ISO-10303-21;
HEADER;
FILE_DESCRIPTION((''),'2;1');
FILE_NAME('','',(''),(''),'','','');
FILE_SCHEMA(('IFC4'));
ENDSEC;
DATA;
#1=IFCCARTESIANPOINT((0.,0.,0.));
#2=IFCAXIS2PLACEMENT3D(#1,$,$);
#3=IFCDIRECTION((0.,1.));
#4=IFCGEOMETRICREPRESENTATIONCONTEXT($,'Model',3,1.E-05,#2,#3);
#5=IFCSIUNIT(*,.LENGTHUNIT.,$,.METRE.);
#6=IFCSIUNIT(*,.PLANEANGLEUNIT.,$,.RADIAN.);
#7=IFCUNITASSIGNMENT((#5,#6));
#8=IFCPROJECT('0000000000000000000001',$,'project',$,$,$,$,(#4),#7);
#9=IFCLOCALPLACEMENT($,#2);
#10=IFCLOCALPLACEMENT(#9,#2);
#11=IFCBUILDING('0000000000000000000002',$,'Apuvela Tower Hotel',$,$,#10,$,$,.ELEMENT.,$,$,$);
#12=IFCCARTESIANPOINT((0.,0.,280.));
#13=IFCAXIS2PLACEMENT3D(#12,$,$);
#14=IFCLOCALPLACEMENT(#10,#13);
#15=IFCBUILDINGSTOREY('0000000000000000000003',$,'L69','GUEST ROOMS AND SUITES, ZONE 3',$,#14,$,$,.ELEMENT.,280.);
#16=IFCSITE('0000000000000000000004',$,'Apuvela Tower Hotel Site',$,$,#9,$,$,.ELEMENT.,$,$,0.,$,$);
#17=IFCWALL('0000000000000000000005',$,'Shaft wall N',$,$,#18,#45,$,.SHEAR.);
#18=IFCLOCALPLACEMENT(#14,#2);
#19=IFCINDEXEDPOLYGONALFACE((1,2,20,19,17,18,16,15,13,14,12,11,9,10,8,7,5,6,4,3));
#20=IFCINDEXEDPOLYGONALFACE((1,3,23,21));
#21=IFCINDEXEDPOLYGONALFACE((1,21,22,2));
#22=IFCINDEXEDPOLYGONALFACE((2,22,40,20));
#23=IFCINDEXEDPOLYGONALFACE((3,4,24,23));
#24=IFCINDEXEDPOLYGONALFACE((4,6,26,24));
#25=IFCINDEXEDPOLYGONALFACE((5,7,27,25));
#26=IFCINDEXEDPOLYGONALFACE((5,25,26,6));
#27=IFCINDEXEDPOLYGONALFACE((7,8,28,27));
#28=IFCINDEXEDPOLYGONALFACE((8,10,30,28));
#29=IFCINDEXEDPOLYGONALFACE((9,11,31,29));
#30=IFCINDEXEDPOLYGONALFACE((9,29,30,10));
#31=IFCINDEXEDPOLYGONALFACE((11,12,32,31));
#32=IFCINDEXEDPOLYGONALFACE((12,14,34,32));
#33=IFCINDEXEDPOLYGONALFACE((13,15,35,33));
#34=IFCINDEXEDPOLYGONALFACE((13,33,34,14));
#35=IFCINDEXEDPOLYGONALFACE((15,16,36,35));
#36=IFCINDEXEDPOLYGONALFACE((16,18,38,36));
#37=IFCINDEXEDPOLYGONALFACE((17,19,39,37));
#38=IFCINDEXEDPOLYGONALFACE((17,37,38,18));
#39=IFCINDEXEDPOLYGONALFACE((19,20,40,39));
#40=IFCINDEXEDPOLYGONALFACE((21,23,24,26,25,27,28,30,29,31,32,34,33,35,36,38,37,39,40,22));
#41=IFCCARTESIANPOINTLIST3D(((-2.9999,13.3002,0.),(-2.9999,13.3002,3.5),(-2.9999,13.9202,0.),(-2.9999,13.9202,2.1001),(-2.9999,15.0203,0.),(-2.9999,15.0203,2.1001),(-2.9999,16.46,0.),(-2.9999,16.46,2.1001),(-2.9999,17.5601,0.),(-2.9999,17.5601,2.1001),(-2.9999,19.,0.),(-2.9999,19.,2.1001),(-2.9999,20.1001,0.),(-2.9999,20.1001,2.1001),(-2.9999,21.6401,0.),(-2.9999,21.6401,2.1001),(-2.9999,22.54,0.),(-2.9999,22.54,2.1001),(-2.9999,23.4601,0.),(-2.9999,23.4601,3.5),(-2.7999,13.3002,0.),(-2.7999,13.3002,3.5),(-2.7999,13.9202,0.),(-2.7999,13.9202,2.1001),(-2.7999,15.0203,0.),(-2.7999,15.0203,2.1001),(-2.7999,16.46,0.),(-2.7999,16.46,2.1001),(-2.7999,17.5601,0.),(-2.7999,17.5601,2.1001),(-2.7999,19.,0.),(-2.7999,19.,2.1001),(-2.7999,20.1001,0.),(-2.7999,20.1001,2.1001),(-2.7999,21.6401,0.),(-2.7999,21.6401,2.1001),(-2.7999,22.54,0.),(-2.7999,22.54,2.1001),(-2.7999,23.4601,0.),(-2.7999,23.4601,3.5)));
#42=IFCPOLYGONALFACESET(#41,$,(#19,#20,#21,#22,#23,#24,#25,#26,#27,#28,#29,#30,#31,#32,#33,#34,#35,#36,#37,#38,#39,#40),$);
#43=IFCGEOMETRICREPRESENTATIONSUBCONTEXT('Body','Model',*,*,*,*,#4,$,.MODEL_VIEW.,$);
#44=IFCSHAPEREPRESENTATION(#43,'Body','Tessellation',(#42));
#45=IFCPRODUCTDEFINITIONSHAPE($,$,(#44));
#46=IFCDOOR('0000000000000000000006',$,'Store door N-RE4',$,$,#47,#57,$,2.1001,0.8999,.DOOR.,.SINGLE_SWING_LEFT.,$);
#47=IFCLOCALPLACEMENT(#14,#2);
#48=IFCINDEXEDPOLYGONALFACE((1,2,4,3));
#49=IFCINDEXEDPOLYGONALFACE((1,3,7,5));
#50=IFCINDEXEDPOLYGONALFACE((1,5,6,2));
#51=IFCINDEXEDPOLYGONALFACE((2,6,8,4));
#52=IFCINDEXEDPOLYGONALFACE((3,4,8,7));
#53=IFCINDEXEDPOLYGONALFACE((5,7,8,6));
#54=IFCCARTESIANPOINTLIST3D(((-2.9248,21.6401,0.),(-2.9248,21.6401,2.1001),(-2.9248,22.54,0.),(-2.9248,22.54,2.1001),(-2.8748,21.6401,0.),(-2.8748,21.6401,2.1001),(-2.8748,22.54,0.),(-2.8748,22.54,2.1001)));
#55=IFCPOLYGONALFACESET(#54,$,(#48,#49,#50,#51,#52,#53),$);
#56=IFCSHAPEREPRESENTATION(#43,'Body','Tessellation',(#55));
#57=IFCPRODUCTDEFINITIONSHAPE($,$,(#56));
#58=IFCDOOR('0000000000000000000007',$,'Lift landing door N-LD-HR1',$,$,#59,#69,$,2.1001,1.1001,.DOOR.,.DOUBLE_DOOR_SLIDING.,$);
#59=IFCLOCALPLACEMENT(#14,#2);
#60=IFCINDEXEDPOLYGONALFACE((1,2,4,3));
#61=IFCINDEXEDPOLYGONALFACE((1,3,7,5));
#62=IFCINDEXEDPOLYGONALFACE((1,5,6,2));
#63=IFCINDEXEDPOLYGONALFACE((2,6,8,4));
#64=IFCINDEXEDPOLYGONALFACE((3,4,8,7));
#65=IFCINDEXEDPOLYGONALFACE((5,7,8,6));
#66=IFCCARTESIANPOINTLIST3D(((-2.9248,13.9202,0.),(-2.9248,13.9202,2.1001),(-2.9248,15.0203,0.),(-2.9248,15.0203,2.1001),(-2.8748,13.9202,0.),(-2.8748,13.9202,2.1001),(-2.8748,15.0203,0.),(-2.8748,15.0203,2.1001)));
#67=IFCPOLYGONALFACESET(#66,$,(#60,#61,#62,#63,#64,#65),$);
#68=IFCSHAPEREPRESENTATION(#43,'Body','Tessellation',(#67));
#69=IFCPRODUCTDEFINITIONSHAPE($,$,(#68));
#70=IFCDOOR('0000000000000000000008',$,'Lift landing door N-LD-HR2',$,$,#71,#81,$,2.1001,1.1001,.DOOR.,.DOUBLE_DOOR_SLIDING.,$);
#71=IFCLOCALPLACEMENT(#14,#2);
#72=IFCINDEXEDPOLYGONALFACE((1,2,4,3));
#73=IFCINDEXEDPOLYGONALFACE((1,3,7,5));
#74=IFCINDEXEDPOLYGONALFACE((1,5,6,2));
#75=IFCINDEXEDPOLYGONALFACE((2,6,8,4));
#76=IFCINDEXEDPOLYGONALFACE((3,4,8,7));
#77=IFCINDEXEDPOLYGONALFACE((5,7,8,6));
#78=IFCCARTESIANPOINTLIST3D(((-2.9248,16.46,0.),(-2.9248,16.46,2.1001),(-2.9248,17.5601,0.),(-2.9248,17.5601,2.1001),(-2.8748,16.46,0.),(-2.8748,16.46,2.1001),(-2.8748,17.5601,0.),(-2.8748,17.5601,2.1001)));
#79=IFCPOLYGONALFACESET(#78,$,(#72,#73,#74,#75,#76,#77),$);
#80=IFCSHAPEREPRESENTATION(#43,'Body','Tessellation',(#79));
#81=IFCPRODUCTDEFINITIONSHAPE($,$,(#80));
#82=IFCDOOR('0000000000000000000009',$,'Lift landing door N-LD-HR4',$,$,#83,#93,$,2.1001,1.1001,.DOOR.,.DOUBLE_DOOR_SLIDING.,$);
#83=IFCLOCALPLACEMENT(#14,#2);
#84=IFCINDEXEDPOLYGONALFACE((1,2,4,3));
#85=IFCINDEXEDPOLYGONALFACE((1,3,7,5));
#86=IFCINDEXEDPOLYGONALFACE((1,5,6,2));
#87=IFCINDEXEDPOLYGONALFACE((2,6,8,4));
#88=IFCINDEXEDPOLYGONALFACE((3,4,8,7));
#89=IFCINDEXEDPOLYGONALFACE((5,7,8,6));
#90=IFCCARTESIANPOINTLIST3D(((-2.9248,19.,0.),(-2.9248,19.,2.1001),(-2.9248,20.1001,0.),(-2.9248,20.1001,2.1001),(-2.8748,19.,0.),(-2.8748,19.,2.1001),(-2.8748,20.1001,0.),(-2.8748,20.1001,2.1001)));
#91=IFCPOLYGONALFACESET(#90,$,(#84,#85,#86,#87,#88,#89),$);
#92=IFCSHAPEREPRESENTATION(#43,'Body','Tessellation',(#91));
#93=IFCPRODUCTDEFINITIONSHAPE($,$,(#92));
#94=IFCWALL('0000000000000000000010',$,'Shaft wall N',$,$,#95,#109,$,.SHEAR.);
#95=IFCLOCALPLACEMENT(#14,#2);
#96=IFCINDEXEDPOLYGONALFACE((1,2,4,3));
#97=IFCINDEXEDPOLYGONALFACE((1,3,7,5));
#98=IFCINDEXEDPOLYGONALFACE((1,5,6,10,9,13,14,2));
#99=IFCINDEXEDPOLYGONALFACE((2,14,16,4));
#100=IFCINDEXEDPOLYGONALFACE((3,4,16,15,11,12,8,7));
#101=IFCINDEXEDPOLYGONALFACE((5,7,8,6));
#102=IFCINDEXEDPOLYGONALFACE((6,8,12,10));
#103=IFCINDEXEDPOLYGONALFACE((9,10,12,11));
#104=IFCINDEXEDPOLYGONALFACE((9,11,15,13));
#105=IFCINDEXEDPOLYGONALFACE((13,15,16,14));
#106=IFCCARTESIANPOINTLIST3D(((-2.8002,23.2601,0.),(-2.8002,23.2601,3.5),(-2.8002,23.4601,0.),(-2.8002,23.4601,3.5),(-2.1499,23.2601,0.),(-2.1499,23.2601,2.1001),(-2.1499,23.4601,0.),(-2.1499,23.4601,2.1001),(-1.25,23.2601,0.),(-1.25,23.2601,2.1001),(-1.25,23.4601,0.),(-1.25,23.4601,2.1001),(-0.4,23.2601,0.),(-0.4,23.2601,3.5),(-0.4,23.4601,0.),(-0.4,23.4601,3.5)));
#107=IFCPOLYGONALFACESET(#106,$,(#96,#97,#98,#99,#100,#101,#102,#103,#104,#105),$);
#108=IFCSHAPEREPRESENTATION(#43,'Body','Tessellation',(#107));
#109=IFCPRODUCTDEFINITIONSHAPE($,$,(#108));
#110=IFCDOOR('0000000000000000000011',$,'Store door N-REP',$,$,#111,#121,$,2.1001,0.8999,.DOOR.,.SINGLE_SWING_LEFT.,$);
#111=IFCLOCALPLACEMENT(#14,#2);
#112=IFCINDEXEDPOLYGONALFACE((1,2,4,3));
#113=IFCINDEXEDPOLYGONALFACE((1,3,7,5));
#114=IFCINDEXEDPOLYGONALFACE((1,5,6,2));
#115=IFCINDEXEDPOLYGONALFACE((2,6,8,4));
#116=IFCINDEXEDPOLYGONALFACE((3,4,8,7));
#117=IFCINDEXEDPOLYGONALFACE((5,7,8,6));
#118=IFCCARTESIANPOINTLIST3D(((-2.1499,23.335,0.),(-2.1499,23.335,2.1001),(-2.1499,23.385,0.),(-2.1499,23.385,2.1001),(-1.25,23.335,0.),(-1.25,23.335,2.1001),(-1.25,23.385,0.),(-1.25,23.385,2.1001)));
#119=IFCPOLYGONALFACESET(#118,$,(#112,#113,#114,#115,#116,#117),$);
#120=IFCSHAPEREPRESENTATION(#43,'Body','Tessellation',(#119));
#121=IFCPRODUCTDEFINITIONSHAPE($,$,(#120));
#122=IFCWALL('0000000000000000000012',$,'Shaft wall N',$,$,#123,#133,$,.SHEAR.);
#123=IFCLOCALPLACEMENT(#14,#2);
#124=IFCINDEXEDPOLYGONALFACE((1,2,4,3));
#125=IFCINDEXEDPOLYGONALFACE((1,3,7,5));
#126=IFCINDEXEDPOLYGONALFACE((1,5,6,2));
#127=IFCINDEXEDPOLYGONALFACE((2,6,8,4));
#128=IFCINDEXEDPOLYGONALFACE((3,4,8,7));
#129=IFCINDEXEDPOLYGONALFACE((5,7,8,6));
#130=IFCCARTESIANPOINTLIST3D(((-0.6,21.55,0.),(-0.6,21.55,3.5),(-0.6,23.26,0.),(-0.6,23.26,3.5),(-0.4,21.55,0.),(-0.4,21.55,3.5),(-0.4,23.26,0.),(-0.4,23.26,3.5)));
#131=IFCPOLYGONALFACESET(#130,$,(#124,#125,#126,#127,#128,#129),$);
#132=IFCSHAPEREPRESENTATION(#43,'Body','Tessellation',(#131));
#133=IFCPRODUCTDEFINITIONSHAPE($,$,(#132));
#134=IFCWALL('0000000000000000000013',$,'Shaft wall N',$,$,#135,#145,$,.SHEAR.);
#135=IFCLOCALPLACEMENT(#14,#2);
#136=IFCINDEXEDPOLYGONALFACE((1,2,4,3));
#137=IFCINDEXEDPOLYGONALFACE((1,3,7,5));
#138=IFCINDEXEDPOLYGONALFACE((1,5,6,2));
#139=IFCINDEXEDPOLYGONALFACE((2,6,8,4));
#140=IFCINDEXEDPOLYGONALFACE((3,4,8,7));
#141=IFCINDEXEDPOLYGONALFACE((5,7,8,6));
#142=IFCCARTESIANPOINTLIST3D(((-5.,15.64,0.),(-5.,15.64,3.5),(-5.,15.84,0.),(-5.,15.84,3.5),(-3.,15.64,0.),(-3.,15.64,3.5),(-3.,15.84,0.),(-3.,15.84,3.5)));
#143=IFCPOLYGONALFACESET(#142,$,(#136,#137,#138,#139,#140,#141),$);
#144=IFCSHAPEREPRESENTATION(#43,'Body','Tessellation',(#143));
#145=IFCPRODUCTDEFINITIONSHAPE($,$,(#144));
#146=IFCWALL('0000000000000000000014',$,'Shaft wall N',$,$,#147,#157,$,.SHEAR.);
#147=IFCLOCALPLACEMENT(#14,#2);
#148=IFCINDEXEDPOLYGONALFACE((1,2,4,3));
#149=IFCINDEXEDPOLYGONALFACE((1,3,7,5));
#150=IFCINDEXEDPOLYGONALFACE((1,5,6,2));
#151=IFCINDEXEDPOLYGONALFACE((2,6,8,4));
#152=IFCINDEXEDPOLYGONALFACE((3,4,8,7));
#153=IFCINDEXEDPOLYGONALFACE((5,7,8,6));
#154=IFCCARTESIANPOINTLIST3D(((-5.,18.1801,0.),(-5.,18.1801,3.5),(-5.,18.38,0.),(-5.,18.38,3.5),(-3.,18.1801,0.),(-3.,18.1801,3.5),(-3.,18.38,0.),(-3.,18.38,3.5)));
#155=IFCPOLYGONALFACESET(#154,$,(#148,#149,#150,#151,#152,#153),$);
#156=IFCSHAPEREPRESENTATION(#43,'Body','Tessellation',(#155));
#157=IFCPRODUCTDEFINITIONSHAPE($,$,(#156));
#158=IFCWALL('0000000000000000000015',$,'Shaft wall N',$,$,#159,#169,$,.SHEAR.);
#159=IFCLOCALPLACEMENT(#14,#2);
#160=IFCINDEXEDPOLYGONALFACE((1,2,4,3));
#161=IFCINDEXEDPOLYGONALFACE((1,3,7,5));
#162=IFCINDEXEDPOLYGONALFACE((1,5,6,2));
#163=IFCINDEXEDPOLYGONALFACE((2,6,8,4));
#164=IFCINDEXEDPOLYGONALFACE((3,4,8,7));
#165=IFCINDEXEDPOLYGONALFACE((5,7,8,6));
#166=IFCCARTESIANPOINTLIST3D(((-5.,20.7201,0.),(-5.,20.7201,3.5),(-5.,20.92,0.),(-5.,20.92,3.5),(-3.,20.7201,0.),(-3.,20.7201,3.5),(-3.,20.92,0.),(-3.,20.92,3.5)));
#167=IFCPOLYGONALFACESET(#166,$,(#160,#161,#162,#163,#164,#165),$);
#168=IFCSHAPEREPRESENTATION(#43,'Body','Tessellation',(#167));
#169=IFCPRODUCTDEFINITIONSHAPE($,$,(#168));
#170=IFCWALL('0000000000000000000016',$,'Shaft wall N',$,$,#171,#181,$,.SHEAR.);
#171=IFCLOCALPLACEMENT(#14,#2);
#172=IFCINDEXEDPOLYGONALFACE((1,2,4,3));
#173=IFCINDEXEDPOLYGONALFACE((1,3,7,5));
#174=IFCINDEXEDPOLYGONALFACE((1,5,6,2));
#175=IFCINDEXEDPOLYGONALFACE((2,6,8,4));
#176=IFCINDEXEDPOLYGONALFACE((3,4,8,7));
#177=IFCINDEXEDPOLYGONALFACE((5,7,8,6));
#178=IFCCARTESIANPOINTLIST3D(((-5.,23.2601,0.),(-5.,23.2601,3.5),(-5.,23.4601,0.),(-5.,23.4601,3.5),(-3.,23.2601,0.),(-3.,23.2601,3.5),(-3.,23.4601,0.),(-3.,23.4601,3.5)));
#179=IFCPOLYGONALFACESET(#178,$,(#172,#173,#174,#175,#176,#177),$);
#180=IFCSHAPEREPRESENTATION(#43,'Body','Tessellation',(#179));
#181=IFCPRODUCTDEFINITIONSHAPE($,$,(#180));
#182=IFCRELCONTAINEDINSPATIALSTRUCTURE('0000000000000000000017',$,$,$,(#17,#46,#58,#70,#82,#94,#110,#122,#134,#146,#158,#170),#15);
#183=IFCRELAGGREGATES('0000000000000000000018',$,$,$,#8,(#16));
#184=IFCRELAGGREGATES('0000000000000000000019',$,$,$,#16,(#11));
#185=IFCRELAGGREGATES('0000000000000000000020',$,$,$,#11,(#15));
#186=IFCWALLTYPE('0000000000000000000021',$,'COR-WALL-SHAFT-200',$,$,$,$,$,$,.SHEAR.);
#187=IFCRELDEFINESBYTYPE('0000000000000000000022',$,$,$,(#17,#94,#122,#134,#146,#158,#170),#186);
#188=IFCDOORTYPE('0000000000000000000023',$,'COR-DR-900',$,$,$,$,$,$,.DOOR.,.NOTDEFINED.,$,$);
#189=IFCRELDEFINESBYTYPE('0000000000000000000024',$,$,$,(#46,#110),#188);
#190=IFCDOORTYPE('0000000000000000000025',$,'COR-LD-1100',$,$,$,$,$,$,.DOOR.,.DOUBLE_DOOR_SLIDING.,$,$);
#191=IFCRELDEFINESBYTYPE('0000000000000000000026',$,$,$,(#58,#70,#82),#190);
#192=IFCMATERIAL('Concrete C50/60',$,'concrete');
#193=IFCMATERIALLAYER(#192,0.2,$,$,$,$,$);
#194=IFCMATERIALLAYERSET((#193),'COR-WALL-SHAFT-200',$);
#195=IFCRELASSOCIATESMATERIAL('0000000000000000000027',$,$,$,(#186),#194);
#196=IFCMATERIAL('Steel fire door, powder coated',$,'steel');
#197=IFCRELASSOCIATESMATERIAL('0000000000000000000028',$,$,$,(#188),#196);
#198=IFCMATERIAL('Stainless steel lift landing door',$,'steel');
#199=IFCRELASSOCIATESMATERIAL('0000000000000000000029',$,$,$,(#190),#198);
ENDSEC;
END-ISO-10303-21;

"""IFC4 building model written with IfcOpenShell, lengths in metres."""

from ifc_helpers import new_model, si_unit, direction, frame, frame_2d, origin, place, context, subcontext, project, spatial, rectangle, extrude, material, layer, layer_set, type_object, element, fill, save


model = new_model("IFC4")

# Units and contexts
model_context = context("Model", 3, precision=1e-05, world=origin(), true_north=direction((0.0, 1.0)))
body_context = subcontext(model_context, "Body", "Model", "MODEL_VIEW")
ifc_project = project(units=[si_unit("LENGTHUNIT", "METRE"), si_unit("PLANEANGLEUNIT", "RADIAN")], contexts=[model_context])

# Site, building, storey
site_placement = place(None, origin())
site = spatial("IfcSite", under=ifc_project, at=site_placement, Name="Apuvela Tower Hotel Site", CompositionType="ELEMENT", RefElevation=0.0)
building_placement = place(site_placement, origin())
building = spatial("IfcBuilding", under=site, at=building_placement, Name="Apuvela Tower Hotel", CompositionType="ELEMENT")
storey_placement = place(building_placement, frame((0.0, 0.0, 280.0)))
storey = spatial("IfcBuildingStorey", under=building, at=storey_placement, Name="L69", Description="GUEST ROOMS AND SUITES, ZONE 3", CompositionType="ELEMENT", Elevation=280.0)

# Shared definitions
ifc_material_1 = material(Name="Concrete C50/60", Category="concrete")
ifc_layer_1 = layer(ifc_material_1, 0.2)
ifc_layer_set_1 = layer_set([ifc_layer_1], Name="COR-WALL-SHAFT-200")
wall_type_1 = type_object("IfcWallType", Name="COR-WALL-SHAFT-200", PredefinedType="SHEAR", material=ifc_layer_set_1)

# Wall, openings, doors
wall_1_placement = place(storey_placement, frame((-2.8999, 13.3, 0.0), z_axis=(0.0, 0.0, 1.0), x_axis=(0.0, 1.0, 0.0)))
wall_1 = element("IfcWall", 1, at=wall_1_placement, inside=storey, type_object=wall_type_1, Name="Shaft wall N", PredefinedType="SHEAR", context=body_context, shape_type="SweptSolid", body=[
    extrude(rectangle(XDim=10.1599, YDim=0.2, at=frame_2d((5.0801, 0.0))), origin(), (0.0, 0.0, 1.0), 3.5),
])
opening_1_placement = place(wall_1_placement, frame((0.6201, 0.0, 0.0)))
opening_1 = element("IfcOpeningElement", 2, at=opening_1_placement, cuts=wall_1, PredefinedType="OPENING", context=body_context, shape_type="SweptSolid", body=[
    extrude(rectangle(XDim=1.1001, YDim=2.1001, at=frame_2d((0.55, 1.05))), frame((0.0, 0.1099, 0.0), z_axis=(0.0, -1.0, 0.0), x_axis=(1.0, 0.0, 0.0)), (0.0, 0.0, 1.0), 0.22),
])
opening_2_placement = place(wall_1_placement, frame((3.1599, 0.0, 0.0)))
opening_2 = element("IfcOpeningElement", 3, at=opening_2_placement, cuts=wall_1, PredefinedType="OPENING", context=body_context, shape_type="SweptSolid", body=[
    extrude(rectangle(XDim=1.1001, YDim=2.1001, at=frame_2d((0.55, 1.05))), frame((0.0, 0.1099, 0.0), z_axis=(0.0, -1.0, 0.0), x_axis=(1.0, 0.0, 0.0)), (0.0, 0.0, 1.0), 0.22),
])
opening_3_placement = place(wall_1_placement, frame((5.7, 0.0, 0.0)))
opening_3 = element("IfcOpeningElement", 4, at=opening_3_placement, cuts=wall_1, PredefinedType="OPENING", context=body_context, shape_type="SweptSolid", body=[
    extrude(rectangle(XDim=1.1001, YDim=2.1001, at=frame_2d((0.55, 1.05))), frame((0.0, 0.1099, 0.0), z_axis=(0.0, -1.0, 0.0), x_axis=(1.0, 0.0, 0.0)), (0.0, 0.0, 1.0), 0.22),
])
opening_4_placement = place(wall_1_placement, frame((8.3401, 0.0, 0.0)))
opening_4 = element("IfcOpeningElement", 5, at=opening_4_placement, cuts=wall_1, PredefinedType="OPENING", context=body_context, shape_type="SweptSolid", body=[
    extrude(rectangle(XDim=0.8999, YDim=2.1001, at=frame_2d((0.45, 1.05))), frame((0.0, 0.1099, 0.0), z_axis=(0.0, -1.0, 0.0), x_axis=(1.0, 0.0, 0.0)), (0.0, 0.0, 1.0), 0.22),
])
ifc_material_2 = material(Name="Steel fire door, powder coated", Category="steel")
door_type_1 = type_object("IfcDoorType", Name="COR-DR-900", OperationType="NOTDEFINED", PredefinedType="DOOR", material=ifc_material_2)
door_1_placement = place(opening_4_placement, origin())
door_1 = element("IfcDoor", 6, at=door_1_placement, inside=storey, type_object=door_type_1, Name="Store door N-RE4", OperationType="SINGLE_SWING_LEFT", OverallHeight=2.1001, OverallWidth=0.8999, PredefinedType="DOOR", context=body_context, shape_type="SweptSolid", body=[
    extrude(rectangle(XDim=0.8999, YDim=2.1001, at=frame_2d((0.45, 1.05))), frame((0.0, 0.0249, 0.0), z_axis=(0.0, -1.0, 0.0), x_axis=(1.0, 0.0, 0.0)), (0.0, 0.0, 1.0), 0.05),
])
fill(opening_4, door_1)
ifc_material_3 = material(Name="Stainless steel lift landing door", Category="steel")
door_type_2 = type_object("IfcDoorType", Name="COR-LD-1100", OperationType="DOUBLE_DOOR_SLIDING", PredefinedType="DOOR", material=ifc_material_3)
door_2_placement = place(opening_1_placement, origin())
door_2 = element("IfcDoor", 7, at=door_2_placement, inside=storey, type_object=door_type_2, Name="Lift landing door N-LD-HR1", OperationType="DOUBLE_DOOR_SLIDING", OverallHeight=2.1001, OverallWidth=1.1001, PredefinedType="DOOR", context=body_context, shape_type="SweptSolid", body=[
    extrude(rectangle(XDim=1.1001, YDim=2.1001, at=frame_2d((0.55, 1.05))), frame((0.0, 0.0249, 0.0), z_axis=(0.0, -1.0, 0.0), x_axis=(1.0, 0.0, 0.0)), (0.0, 0.0, 1.0), 0.05),
])
fill(opening_1, door_2)
door_3_placement = place(opening_2_placement, origin())
door_3 = element("IfcDoor", 8, at=door_3_placement, inside=storey, type_object=door_type_2, Name="Lift landing door N-LD-HR2", OperationType="DOUBLE_DOOR_SLIDING", OverallHeight=2.1001, OverallWidth=1.1001, PredefinedType="DOOR", context=body_context, shape_type="SweptSolid", body=[
    extrude(rectangle(XDim=1.1001, YDim=2.1001, at=frame_2d((0.55, 1.05))), frame((0.0, 0.0249, 0.0), z_axis=(0.0, -1.0, 0.0), x_axis=(1.0, 0.0, 0.0)), (0.0, 0.0, 1.0), 0.05),
])
fill(opening_2, door_3)
door_4_placement = place(opening_3_placement, origin())
door_4 = element("IfcDoor", 9, at=door_4_placement, inside=storey, type_object=door_type_2, Name="Lift landing door N-LD-HR4", OperationType="DOUBLE_DOOR_SLIDING", OverallHeight=2.1001, OverallWidth=1.1001, PredefinedType="DOOR", context=body_context, shape_type="SweptSolid", body=[
    extrude(rectangle(XDim=1.1001, YDim=2.1001, at=frame_2d((0.55, 1.05))), frame((0.0, 0.0249, 0.0), z_axis=(0.0, -1.0, 0.0), x_axis=(1.0, 0.0, 0.0)), (0.0, 0.0, 1.0), 0.05),
])
fill(opening_3, door_4)

# Wall, opening, door
wall_2_placement = place(storey_placement, frame((-0.3999, 23.3601, 0.0), z_axis=(0.0, 0.0, 1.0), x_axis=(-1.0, 0.0, 0.0)))
wall_2 = element("IfcWall", 10, at=wall_2_placement, inside=storey, type_object=wall_type_1, Name="Shaft wall N", PredefinedType="SHEAR", context=body_context, shape_type="SweptSolid", body=[
    extrude(rectangle(XDim=2.4001, YDim=0.2, at=frame_2d((1.2002, 0.0))), origin(), (0.0, 0.0, 1.0), 3.5),
])
opening_5_placement = place(wall_2_placement, frame((0.8501, 0.0, 0.0)))
opening_5 = element("IfcOpeningElement", 11, at=opening_5_placement, cuts=wall_2, PredefinedType="OPENING", context=body_context, shape_type="SweptSolid", body=[
    extrude(rectangle(XDim=0.8999, YDim=2.1001, at=frame_2d((0.45, 1.05))), frame((0.0, 0.1099, 0.0), z_axis=(0.0, -1.0, 0.0), x_axis=(1.0, 0.0, 0.0)), (0.0, 0.0, 1.0), 0.22),
])
door_5_placement = place(opening_5_placement, frame((0.8999, 0.0, 0.0), z_axis=(0.0, 0.0, 1.0), x_axis=(-1.0, 0.0, 0.0)))
door_5 = element("IfcDoor", 12, at=door_5_placement, inside=storey, type_object=door_type_1, Name="Store door N-REP", OperationType="SINGLE_SWING_LEFT", OverallHeight=2.1001, OverallWidth=0.8999, PredefinedType="DOOR", context=body_context, shape_type="SweptSolid", body=[
    extrude(rectangle(XDim=0.8999, YDim=2.1001, at=frame_2d((0.45, 1.05))), frame((0.0, 0.0249, 0.0), z_axis=(0.0, -1.0, 0.0), x_axis=(1.0, 0.0, 0.0)), (0.0, 0.0, 1.0), 0.05),
])
fill(opening_5, door_5)

# Walls
wall_3_placement = place(storey_placement, frame((-0.5, 21.55, 0.0), z_axis=(0.0, 0.0, 1.0), x_axis=(0.0, 1.0, 0.0)))
element("IfcWall", 13, at=wall_3_placement, inside=storey, type_object=wall_type_1, Name="Shaft wall N", PredefinedType="SHEAR", context=body_context, shape_type="SweptSolid", body=[
    extrude(rectangle(XDim=1.71, YDim=0.2, at=frame_2d((0.855, 0.0))), origin(), (0.0, 0.0, 1.0), 3.5),
])
for number, where, z_axis, x_axis, name in (
    (14, (-3.0, 15.74, 0.0), (0.0, 0.0, 1.0), (-1.0, 0.0, 0.0), "Shaft wall N"),
    (15, (-3.0, 18.28, 0.0), (0.0, 0.0, 1.0), (-1.0, 0.0, 0.0), "Shaft wall N"),
    (16, (-3.0, 20.8201, 0.0), (0.0, 0.0, 1.0), (-1.0, 0.0, 0.0), "Shaft wall N"),
    (17, (-3.0, 23.3601, 0.0), (0.0, 0.0, 1.0), (-1.0, 0.0, 0.0), "Shaft wall N"),
):
    element("IfcWall", number, at=place(storey_placement, frame(where, z_axis=z_axis, x_axis=x_axis)), inside=storey, type_object=wall_type_1, Name=name, PredefinedType="SHEAR", context=body_context, shape_type="SweptSolid", body=[
        extrude(rectangle(XDim=2.0, YDim=0.2, at=frame_2d((1.0, 0.0))), origin(), (0.0, 0.0, 1.0), 3.5),
    ])

save(model, "model.ifc")
